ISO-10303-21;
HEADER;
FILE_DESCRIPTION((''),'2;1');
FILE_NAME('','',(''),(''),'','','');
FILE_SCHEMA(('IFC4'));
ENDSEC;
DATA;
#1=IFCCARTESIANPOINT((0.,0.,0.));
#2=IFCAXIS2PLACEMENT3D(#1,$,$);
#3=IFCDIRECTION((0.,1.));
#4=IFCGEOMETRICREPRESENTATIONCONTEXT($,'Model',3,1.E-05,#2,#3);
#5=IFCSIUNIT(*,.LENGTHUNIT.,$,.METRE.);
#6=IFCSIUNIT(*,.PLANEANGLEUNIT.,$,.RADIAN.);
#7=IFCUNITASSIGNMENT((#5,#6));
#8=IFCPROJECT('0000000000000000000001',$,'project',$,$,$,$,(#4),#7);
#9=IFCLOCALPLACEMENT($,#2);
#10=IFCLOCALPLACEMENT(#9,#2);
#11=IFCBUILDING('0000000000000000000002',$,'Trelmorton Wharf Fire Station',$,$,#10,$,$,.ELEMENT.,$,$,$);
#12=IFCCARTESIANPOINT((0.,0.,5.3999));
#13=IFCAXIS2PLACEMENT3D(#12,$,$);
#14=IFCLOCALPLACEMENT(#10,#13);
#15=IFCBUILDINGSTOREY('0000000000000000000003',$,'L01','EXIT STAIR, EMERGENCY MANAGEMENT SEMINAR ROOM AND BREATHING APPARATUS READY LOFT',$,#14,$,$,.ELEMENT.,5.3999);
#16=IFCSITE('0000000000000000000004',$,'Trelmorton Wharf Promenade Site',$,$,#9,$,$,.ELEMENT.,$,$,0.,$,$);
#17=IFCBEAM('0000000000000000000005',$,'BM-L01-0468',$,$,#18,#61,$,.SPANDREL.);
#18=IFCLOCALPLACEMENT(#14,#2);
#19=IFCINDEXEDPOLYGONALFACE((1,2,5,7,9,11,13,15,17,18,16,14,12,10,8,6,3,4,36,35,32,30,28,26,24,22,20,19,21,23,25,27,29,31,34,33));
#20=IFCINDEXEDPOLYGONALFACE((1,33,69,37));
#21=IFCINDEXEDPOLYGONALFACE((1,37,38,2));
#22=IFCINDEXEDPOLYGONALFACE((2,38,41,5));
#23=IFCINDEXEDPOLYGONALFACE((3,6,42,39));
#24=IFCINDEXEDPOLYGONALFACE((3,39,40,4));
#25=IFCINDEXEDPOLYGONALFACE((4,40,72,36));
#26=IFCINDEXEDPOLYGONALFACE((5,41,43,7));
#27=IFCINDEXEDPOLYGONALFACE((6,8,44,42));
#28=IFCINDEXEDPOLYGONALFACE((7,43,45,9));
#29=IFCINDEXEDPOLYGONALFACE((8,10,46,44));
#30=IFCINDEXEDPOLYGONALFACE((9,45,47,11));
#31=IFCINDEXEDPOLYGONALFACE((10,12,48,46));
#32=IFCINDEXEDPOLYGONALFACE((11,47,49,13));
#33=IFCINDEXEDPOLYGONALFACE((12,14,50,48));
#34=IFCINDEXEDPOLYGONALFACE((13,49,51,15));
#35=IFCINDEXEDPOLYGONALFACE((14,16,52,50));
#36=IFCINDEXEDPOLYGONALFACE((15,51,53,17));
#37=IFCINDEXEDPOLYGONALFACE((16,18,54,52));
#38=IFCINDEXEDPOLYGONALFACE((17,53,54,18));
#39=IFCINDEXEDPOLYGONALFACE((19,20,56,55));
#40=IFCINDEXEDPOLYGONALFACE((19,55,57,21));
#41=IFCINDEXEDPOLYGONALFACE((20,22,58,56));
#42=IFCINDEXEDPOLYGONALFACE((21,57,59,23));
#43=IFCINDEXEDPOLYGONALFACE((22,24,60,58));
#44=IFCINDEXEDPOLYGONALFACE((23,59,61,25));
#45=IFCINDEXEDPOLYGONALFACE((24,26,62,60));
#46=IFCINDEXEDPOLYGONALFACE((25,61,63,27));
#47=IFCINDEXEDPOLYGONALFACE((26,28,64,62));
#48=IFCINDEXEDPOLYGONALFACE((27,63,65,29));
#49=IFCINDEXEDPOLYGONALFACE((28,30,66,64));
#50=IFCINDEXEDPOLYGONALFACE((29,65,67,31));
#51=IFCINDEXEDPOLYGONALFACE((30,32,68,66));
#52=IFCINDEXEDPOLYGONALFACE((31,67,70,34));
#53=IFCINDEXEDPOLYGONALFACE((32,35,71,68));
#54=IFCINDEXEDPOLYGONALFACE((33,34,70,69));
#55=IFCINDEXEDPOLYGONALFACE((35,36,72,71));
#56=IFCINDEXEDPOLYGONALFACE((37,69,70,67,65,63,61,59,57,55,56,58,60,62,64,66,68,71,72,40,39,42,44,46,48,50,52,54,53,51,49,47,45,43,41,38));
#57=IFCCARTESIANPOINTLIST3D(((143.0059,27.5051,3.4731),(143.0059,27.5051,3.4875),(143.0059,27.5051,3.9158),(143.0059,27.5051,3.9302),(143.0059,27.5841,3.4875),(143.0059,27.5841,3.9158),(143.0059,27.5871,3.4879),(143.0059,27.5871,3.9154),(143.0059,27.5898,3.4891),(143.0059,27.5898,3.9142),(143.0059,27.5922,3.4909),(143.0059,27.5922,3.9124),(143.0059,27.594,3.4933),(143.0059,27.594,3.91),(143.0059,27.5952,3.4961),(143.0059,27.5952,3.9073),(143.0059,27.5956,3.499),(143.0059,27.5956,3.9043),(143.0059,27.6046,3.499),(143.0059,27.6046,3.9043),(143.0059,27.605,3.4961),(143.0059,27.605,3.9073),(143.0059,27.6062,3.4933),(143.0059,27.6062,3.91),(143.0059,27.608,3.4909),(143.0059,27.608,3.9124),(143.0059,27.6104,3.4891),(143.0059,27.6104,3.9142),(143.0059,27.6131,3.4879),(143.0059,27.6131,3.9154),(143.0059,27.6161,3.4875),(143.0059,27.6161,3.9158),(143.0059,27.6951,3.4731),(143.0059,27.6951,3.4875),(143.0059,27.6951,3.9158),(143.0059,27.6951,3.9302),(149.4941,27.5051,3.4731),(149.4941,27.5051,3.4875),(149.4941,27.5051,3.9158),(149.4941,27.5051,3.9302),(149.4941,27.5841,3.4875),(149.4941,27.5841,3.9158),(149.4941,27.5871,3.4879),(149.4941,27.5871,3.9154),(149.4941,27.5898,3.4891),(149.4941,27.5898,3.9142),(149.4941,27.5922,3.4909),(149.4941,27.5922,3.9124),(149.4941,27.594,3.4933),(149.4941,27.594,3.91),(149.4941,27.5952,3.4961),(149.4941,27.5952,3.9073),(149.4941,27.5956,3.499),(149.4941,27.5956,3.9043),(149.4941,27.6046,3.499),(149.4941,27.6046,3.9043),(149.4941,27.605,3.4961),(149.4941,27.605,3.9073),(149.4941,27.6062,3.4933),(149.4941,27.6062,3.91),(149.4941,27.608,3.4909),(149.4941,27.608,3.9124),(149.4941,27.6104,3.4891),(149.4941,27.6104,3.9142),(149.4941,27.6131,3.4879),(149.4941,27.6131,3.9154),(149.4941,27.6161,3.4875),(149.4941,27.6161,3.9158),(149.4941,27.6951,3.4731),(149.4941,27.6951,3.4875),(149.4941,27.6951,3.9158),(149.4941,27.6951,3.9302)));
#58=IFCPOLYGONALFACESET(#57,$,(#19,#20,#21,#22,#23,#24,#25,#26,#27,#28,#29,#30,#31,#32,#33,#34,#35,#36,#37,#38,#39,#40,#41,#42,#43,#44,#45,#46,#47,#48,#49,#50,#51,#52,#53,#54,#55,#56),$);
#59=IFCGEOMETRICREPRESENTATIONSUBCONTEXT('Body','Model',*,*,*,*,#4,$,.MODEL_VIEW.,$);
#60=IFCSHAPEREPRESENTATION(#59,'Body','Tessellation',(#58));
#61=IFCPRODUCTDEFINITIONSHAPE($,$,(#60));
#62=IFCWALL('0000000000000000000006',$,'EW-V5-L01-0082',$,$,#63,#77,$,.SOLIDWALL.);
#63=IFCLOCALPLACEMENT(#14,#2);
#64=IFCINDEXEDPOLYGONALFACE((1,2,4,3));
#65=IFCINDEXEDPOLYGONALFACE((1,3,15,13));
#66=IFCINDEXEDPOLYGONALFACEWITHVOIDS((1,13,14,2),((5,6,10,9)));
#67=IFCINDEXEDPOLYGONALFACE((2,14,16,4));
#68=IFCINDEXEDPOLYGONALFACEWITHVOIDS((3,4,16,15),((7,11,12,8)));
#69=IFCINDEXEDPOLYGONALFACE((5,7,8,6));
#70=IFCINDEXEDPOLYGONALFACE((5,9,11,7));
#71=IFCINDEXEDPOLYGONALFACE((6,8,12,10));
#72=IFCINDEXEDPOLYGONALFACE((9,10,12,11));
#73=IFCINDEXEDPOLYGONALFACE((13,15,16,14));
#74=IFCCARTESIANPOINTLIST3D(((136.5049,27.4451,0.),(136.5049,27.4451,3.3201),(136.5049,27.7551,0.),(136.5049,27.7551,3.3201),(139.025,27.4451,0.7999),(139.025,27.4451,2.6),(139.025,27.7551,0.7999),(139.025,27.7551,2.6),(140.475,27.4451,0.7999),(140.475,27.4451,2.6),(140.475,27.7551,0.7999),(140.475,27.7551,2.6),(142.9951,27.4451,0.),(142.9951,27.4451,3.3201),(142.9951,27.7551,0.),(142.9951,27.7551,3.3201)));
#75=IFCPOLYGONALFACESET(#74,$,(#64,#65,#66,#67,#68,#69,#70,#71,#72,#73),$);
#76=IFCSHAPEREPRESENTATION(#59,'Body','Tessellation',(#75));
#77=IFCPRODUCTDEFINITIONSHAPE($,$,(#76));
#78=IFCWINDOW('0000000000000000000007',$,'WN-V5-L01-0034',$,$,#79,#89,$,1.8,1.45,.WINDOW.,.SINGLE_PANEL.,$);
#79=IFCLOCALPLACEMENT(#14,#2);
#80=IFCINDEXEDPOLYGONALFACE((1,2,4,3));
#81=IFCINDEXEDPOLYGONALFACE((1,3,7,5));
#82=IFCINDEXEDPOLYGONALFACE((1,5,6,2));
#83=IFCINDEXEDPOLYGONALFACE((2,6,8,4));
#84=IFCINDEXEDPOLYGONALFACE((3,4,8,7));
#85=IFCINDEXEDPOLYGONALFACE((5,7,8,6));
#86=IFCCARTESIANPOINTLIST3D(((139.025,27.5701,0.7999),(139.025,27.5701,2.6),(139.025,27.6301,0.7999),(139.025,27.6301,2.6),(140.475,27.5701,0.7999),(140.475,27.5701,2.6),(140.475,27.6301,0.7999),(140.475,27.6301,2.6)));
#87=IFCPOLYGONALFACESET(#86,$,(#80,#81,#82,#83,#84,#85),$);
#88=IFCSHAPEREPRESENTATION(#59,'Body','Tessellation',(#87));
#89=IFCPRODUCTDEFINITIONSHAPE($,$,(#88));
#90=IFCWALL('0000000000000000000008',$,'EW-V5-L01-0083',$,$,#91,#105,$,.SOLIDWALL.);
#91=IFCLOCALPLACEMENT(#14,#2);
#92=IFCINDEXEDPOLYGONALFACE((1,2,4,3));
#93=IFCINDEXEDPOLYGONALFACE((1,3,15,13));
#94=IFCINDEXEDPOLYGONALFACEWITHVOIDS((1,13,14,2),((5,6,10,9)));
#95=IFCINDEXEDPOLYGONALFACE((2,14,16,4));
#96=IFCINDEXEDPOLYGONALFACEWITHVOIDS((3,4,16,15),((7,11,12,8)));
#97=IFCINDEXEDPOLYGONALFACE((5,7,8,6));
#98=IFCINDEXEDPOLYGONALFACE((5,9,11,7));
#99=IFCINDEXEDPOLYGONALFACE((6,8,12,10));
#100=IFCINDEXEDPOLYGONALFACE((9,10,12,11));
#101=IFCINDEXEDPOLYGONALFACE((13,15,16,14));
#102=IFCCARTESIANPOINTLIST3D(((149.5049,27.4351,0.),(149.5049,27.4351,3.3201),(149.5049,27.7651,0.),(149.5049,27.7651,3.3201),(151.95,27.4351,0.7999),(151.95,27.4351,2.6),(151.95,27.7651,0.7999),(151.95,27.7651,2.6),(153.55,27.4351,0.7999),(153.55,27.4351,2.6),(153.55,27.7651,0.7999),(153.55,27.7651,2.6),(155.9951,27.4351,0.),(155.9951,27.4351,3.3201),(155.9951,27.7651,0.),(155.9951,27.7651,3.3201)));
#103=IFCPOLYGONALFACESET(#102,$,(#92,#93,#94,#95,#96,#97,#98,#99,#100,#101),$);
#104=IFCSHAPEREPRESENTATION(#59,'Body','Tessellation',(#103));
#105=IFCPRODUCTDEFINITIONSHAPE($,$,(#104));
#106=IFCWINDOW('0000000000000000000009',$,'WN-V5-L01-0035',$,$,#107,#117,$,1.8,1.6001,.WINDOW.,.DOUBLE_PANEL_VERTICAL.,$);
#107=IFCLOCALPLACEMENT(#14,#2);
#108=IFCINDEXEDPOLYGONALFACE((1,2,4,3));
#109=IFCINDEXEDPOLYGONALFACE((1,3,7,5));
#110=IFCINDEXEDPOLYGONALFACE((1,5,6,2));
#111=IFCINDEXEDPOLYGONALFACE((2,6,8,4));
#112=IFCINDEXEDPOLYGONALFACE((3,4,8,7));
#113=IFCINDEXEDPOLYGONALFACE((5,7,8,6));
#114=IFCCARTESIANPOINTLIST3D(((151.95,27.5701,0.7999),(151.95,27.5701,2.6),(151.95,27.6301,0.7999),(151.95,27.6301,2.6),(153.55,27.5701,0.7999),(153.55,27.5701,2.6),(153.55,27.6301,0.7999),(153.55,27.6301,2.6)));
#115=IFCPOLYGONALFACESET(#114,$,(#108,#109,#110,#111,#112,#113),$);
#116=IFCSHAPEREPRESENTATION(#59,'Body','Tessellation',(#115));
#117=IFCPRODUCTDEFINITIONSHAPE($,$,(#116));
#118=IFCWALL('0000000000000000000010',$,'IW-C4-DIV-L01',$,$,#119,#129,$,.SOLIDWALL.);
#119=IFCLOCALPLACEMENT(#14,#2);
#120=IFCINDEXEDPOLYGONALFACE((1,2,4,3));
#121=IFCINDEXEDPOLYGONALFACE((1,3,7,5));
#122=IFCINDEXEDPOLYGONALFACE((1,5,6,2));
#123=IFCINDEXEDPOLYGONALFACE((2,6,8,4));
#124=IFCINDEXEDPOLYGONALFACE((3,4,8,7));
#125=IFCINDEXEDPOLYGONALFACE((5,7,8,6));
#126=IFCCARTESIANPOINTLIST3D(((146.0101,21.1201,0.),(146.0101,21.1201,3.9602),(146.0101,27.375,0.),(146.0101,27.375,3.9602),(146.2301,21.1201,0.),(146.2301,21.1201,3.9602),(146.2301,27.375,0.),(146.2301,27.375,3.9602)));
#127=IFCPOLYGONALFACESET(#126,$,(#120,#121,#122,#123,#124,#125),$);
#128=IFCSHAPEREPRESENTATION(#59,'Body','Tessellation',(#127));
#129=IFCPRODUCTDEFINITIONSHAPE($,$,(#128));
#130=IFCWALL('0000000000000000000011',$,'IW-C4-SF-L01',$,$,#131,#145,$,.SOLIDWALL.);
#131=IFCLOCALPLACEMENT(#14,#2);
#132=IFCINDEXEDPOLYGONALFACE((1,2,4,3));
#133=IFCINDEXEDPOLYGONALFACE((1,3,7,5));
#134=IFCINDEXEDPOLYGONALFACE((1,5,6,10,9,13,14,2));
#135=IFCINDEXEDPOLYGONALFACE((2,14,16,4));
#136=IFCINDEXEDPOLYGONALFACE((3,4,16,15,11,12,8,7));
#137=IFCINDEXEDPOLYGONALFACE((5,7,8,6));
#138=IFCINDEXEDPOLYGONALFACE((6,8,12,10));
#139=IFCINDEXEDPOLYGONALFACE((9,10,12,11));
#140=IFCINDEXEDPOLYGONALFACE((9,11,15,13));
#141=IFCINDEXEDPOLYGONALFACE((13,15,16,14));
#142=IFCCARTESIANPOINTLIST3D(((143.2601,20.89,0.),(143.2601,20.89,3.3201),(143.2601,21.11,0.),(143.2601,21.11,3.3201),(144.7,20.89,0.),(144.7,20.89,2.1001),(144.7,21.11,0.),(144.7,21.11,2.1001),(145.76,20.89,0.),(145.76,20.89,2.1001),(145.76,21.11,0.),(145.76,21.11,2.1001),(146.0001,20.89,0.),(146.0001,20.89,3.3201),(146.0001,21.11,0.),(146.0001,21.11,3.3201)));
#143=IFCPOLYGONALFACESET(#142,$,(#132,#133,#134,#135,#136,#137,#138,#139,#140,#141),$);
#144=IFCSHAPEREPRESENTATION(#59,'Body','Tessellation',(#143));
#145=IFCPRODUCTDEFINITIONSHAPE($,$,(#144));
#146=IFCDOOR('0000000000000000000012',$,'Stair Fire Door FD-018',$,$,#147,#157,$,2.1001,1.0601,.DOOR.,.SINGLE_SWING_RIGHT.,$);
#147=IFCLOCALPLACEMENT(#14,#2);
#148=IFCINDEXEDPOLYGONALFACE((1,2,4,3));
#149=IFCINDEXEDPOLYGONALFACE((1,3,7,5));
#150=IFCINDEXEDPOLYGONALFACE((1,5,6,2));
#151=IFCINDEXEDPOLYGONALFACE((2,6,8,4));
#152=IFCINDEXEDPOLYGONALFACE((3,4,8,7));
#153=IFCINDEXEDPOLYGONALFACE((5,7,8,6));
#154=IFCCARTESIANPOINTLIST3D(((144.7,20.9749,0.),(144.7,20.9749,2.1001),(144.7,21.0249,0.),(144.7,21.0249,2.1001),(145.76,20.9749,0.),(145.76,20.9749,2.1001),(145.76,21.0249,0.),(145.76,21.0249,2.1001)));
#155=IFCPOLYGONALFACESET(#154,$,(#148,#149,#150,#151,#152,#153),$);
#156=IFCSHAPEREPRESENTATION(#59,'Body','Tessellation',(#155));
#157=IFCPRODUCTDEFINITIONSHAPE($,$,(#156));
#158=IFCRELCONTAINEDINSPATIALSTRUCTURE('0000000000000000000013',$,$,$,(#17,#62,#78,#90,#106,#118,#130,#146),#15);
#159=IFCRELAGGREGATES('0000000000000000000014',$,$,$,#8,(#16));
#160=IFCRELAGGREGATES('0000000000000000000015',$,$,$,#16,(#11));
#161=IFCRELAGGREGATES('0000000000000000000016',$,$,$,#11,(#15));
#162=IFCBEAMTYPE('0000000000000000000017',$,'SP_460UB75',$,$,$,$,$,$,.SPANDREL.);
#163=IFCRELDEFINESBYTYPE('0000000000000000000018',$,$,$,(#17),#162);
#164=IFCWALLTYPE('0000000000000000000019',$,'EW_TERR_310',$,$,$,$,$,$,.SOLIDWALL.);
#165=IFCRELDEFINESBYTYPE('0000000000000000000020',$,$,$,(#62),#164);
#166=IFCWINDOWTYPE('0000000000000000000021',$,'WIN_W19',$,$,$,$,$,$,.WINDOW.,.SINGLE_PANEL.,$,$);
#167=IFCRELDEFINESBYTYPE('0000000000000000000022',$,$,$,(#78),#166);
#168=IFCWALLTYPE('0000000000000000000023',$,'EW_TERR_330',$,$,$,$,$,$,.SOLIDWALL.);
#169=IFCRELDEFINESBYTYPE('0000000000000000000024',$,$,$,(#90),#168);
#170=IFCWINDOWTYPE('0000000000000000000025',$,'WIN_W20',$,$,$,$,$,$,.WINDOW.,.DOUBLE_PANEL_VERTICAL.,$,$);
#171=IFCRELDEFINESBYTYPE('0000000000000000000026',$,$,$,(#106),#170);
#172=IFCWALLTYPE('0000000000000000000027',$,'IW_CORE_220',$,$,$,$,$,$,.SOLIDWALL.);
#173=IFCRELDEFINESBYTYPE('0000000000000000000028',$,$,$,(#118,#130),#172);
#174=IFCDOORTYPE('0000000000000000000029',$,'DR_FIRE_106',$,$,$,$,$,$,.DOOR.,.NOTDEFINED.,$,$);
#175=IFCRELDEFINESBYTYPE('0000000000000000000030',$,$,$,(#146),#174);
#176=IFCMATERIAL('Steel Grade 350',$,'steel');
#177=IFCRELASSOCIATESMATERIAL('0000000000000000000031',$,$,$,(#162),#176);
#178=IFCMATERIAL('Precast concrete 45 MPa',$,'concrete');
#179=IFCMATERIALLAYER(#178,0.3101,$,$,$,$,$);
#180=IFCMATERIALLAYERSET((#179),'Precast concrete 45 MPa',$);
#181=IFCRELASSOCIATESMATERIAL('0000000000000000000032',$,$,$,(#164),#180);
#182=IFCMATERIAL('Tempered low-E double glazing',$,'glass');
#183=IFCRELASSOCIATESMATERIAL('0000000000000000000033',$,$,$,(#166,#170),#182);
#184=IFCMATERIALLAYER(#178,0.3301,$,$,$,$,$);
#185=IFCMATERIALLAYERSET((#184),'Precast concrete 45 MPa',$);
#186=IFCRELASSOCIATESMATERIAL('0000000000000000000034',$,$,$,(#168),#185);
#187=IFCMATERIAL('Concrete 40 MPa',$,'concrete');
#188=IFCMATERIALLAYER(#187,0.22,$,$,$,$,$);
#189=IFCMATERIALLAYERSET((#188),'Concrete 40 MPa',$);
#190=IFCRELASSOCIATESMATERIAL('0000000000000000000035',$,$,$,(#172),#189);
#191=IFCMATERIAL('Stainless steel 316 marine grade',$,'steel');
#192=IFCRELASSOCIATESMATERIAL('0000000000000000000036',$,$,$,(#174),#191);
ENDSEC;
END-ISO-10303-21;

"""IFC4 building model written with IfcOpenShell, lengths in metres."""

from ifc_helpers import new_model, si_unit, direction, frame, frame_2d, origin, origin_2d, place, context, subcontext, project, spatial, rectangle, i_section, extrude, material, layer, layer_set, material_profile, profile_set, type_object, element, fill, save


model = new_model("IFC4")

# Units and contexts
model_context = context("Model", 3, precision=1e-05, world=origin(), true_north=direction((0.0, 1.0)))
body_context = subcontext(model_context, "Body", "Model", "MODEL_VIEW")
ifc_project = project(units=[si_unit("LENGTHUNIT", "METRE"), si_unit("PLANEANGLEUNIT", "RADIAN")], contexts=[model_context])

# Site, building, storey
site_placement = place(None, origin())
site = spatial("IfcSite", under=ifc_project, at=site_placement, Name="Trelmorton Wharf Promenade Site", CompositionType="ELEMENT", RefElevation=0.0)
building_placement = place(site_placement, origin())
building = spatial("IfcBuilding", under=site, at=building_placement, Name="Trelmorton Wharf Fire Station", CompositionType="ELEMENT")
storey_placement = place(building_placement, frame((0.0, 0.0, 5.3999)))
storey = spatial("IfcBuildingStorey", under=building, at=storey_placement, Name="L01", Description="EXIT STAIR, EMERGENCY MANAGEMENT SEMINAR ROOM AND BREATHING APPARATUS READY LOFT", CompositionType="ELEMENT", Elevation=5.3999)

# Shared definitions
ifc_material_1 = material(Name="Steel Grade 350", Category="steel")

# Beam
ifc_material_profile_1 = material_profile(ifc_material_1, i_section(OverallWidth=0.1899, OverallDepth=0.457, WebThickness=0.009, FlangeThickness=0.0144, FilletRadius=0.0115, at=origin_2d()), Name="460UB74.6")
ifc_profile_set_1 = profile_set([ifc_material_profile_1], Name="Steel Grade 350")
beam_type_1 = type_object("IfcBeamType", Name="SP_460UB75", PredefinedType="SPANDREL", material=ifc_profile_set_1)
for number, where, z_axis, x_axis, name in (
    (1, (143.0059, 27.6001, 3.7017), (1.0, 0.0, 0.0), (0.0, 1.0, 0.0), "BM-L01-0468"),
):
    element("IfcBeam", number, at=place(storey_placement, frame(where, z_axis=z_axis, x_axis=x_axis)), inside=storey, type_object=beam_type_1, Name=name, PredefinedType="SPANDREL", context=body_context, shape_type="SweptSolid", body=[
        extrude(i_section(OverallWidth=0.1899, OverallDepth=0.457, WebThickness=0.009, FlangeThickness=0.0144, FilletRadius=0.0115, at=origin_2d()), origin(), (0.0, 0.0, 1.0), 6.4883),
    ])

# Walls, openings, windows
ifc_material_2 = material(Name="Precast concrete 45 MPa", Category="concrete")
ifc_layer_1 = layer(ifc_material_2, 0.3101)
ifc_layer_set_1 = layer_set([ifc_layer_1], Name="Precast concrete 45 MPa")
wall_type_1 = type_object("IfcWallType", Name="EW_TERR_310", PredefinedType="SOLIDWALL", material=ifc_layer_set_1)
wall_1_placement = place(storey_placement, frame((136.5049, 27.6001, 0.0), z_axis=(0.0, 0.0, 1.0), x_axis=(1.0, 0.0, 0.0)))
wall_1 = element("IfcWall", 2, at=wall_1_placement, inside=storey, type_object=wall_type_1, Name="EW-V5-L01-0082", PredefinedType="SOLIDWALL", context=body_context, shape_type="SweptSolid", body=[
    extrude(rectangle(XDim=6.4902, YDim=0.3101, at=frame_2d((3.2451, 0.0))), origin(), (0.0, 0.0, 1.0), 3.3201),
])
opening_1_placement = place(wall_1_placement, frame((2.52, 0.0, 0.8)))
opening_1 = element("IfcOpeningElement", 3, at=opening_1_placement, cuts=wall_1, PredefinedType="OPENING", context=body_context, shape_type="SweptSolid", body=[
    extrude(rectangle(XDim=1.45, YDim=1.8, at=frame_2d((0.7251, 0.8999))), frame((0.0, 0.165, 0.0), z_axis=(0.0, -1.0, 0.0), x_axis=(1.0, 0.0, 0.0)), (0.0, 0.0, 1.0), 0.3301),
])
ifc_material_3 = material(Name="Tempered low-E double glazing", Category="glass")
window_type_1 = type_object("IfcWindowType", Name="WIN_W19", PartitioningType="SINGLE_PANEL", PredefinedType="WINDOW", material=ifc_material_3)
window_1_placement = place(opening_1_placement, origin())
window_1 = element("IfcWindow", 4, at=window_1_placement, inside=storey, type_object=window_type_1, Name="WN-V5-L01-0034", OverallHeight=1.8, OverallWidth=1.45, PartitioningType="SINGLE_PANEL", PredefinedType="WINDOW", context=body_context, shape_type="SweptSolid", body=[
    extrude(rectangle(XDim=1.45, YDim=1.8, at=frame_2d((0.7251, 0.8999))), frame((0.0, 0.03, 0.0), z_axis=(0.0, -1.0, 0.0), x_axis=(1.0, 0.0, 0.0)), (0.0, 0.0, 1.0), 0.0601),
])
fill(opening_1, window_1)
ifc_layer_2 = layer(ifc_material_2, 0.3301)
ifc_layer_set_2 = layer_set([ifc_layer_2], Name="Precast concrete 45 MPa")
wall_type_2 = type_object("IfcWallType", Name="EW_TERR_330", PredefinedType="SOLIDWALL", material=ifc_layer_set_2)
wall_2_placement = place(storey_placement, frame((149.5049, 27.6001, 0.0), z_axis=(0.0, 0.0, 1.0), x_axis=(1.0, 0.0, 0.0)))
wall_2 = element("IfcWall", 5, at=wall_2_placement, inside=storey, type_object=wall_type_2, Name="EW-V5-L01-0083", PredefinedType="SOLIDWALL", context=body_context, shape_type="SweptSolid", body=[
    extrude(rectangle(XDim=6.4902, YDim=0.3301, at=frame_2d((3.2451, 0.0))), origin(), (0.0, 0.0, 1.0), 3.3201),
])
opening_2_placement = place(wall_2_placement, frame((2.4451, 0.0, 0.8)))
opening_2 = element("IfcOpeningElement", 6, at=opening_2_placement, cuts=wall_2, PredefinedType="OPENING", context=body_context, shape_type="SweptSolid", body=[
    extrude(rectangle(XDim=1.6001, YDim=1.8, at=frame_2d((0.8, 0.8999))), frame((0.0, 0.175, 0.0), z_axis=(0.0, -1.0, 0.0), x_axis=(1.0, 0.0, 0.0)), (0.0, 0.0, 1.0), 0.3501),
])
window_type_2 = type_object("IfcWindowType", Name="WIN_W20", PartitioningType="DOUBLE_PANEL_VERTICAL", PredefinedType="WINDOW", material=ifc_material_3)
window_2_placement = place(opening_2_placement, origin())
window_2 = element("IfcWindow", 7, at=window_2_placement, inside=storey, type_object=window_type_2, Name="WN-V5-L01-0035", OverallHeight=1.8, OverallWidth=1.6001, PartitioningType="DOUBLE_PANEL_VERTICAL", PredefinedType="WINDOW", context=body_context, shape_type="SweptSolid", body=[
    extrude(rectangle(XDim=1.6001, YDim=1.8, at=frame_2d((0.8, 0.8999))), frame((0.0, 0.03, 0.0), z_axis=(0.0, -1.0, 0.0), x_axis=(1.0, 0.0, 0.0)), (0.0, 0.0, 1.0), 0.0601),
])
fill(opening_2, window_2)

# Wall
ifc_material_4 = material(Name="Concrete 40 MPa", Category="concrete")
ifc_layer_3 = layer(ifc_material_4, 0.22)
ifc_layer_set_3 = layer_set([ifc_layer_3], Name="Concrete 40 MPa")
wall_type_3 = type_object("IfcWallType", Name="IW_CORE_220", PredefinedType="SOLIDWALL", material=ifc_layer_set_3)
wall_3_placement = place(storey_placement, frame((146.1201, 21.1201, 0.0), z_axis=(0.0, 0.0, 1.0), x_axis=(0.0, 1.0, 0.0)))
element("IfcWall", 8, at=wall_3_placement, inside=storey, type_object=wall_type_3, Name="IW-C4-DIV-L01", PredefinedType="SOLIDWALL", context=body_context, shape_type="SweptSolid", body=[
    extrude(rectangle(XDim=6.2549, YDim=0.22, at=frame_2d((3.1274, 0.0))), origin(), (0.0, 0.0, 1.0), 3.9602),
])

# Wall, opening, door
wall_4_placement = place(storey_placement, frame((143.26, 21.0, 0.0), z_axis=(0.0, 0.0, 1.0), x_axis=(1.0, 0.0, 0.0)))
wall_4 = element("IfcWall", 9, at=wall_4_placement, inside=storey, type_object=wall_type_3, Name="IW-C4-SF-L01", PredefinedType="SOLIDWALL", context=body_context, shape_type="SweptSolid", body=[
    extrude(rectangle(XDim=2.74, YDim=0.22, at=frame_2d((1.3701, 0.0))), origin(), (0.0, 0.0, 1.0), 3.3201),
])
opening_3_placement = place(wall_4_placement, frame((1.4399, 0.0, 0.0)))
opening_3 = element("IfcOpeningElement", 10, at=opening_3_placement, cuts=wall_4, PredefinedType="OPENING", context=body_context, shape_type="SweptSolid", body=[
    extrude(rectangle(XDim=1.0601, YDim=2.1001, at=frame_2d((0.53, 1.05))), frame((0.0, 0.1201, 0.0), z_axis=(0.0, -1.0, 0.0), x_axis=(1.0, 0.0, 0.0)), (0.0, 0.0, 1.0), 0.24),
])
ifc_material_5 = material(Name="Stainless steel 316 marine grade", Category="steel")
door_type_1 = type_object("IfcDoorType", Name="DR_FIRE_106", OperationType="NOTDEFINED", PredefinedType="DOOR", material=ifc_material_5)
door_1_placement = place(opening_3_placement, origin())
door_1 = element("IfcDoor", 11, at=door_1_placement, inside=storey, type_object=door_type_1, Name="Stair Fire Door FD-018", OperationType="SINGLE_SWING_RIGHT", OverallHeight=2.1001, OverallWidth=1.0601, PredefinedType="DOOR", context=body_context, shape_type="SweptSolid", body=[
    extrude(rectangle(XDim=1.0601, YDim=2.1001, at=frame_2d((0.53, 1.05))), frame((0.0, 0.0249, 0.0), z_axis=(0.0, -1.0, 0.0), x_axis=(1.0, 0.0, 0.0)), (0.0, 0.0, 1.0), 0.05),
])
fill(opening_3, door_1)

save(model, "model.ifc")
